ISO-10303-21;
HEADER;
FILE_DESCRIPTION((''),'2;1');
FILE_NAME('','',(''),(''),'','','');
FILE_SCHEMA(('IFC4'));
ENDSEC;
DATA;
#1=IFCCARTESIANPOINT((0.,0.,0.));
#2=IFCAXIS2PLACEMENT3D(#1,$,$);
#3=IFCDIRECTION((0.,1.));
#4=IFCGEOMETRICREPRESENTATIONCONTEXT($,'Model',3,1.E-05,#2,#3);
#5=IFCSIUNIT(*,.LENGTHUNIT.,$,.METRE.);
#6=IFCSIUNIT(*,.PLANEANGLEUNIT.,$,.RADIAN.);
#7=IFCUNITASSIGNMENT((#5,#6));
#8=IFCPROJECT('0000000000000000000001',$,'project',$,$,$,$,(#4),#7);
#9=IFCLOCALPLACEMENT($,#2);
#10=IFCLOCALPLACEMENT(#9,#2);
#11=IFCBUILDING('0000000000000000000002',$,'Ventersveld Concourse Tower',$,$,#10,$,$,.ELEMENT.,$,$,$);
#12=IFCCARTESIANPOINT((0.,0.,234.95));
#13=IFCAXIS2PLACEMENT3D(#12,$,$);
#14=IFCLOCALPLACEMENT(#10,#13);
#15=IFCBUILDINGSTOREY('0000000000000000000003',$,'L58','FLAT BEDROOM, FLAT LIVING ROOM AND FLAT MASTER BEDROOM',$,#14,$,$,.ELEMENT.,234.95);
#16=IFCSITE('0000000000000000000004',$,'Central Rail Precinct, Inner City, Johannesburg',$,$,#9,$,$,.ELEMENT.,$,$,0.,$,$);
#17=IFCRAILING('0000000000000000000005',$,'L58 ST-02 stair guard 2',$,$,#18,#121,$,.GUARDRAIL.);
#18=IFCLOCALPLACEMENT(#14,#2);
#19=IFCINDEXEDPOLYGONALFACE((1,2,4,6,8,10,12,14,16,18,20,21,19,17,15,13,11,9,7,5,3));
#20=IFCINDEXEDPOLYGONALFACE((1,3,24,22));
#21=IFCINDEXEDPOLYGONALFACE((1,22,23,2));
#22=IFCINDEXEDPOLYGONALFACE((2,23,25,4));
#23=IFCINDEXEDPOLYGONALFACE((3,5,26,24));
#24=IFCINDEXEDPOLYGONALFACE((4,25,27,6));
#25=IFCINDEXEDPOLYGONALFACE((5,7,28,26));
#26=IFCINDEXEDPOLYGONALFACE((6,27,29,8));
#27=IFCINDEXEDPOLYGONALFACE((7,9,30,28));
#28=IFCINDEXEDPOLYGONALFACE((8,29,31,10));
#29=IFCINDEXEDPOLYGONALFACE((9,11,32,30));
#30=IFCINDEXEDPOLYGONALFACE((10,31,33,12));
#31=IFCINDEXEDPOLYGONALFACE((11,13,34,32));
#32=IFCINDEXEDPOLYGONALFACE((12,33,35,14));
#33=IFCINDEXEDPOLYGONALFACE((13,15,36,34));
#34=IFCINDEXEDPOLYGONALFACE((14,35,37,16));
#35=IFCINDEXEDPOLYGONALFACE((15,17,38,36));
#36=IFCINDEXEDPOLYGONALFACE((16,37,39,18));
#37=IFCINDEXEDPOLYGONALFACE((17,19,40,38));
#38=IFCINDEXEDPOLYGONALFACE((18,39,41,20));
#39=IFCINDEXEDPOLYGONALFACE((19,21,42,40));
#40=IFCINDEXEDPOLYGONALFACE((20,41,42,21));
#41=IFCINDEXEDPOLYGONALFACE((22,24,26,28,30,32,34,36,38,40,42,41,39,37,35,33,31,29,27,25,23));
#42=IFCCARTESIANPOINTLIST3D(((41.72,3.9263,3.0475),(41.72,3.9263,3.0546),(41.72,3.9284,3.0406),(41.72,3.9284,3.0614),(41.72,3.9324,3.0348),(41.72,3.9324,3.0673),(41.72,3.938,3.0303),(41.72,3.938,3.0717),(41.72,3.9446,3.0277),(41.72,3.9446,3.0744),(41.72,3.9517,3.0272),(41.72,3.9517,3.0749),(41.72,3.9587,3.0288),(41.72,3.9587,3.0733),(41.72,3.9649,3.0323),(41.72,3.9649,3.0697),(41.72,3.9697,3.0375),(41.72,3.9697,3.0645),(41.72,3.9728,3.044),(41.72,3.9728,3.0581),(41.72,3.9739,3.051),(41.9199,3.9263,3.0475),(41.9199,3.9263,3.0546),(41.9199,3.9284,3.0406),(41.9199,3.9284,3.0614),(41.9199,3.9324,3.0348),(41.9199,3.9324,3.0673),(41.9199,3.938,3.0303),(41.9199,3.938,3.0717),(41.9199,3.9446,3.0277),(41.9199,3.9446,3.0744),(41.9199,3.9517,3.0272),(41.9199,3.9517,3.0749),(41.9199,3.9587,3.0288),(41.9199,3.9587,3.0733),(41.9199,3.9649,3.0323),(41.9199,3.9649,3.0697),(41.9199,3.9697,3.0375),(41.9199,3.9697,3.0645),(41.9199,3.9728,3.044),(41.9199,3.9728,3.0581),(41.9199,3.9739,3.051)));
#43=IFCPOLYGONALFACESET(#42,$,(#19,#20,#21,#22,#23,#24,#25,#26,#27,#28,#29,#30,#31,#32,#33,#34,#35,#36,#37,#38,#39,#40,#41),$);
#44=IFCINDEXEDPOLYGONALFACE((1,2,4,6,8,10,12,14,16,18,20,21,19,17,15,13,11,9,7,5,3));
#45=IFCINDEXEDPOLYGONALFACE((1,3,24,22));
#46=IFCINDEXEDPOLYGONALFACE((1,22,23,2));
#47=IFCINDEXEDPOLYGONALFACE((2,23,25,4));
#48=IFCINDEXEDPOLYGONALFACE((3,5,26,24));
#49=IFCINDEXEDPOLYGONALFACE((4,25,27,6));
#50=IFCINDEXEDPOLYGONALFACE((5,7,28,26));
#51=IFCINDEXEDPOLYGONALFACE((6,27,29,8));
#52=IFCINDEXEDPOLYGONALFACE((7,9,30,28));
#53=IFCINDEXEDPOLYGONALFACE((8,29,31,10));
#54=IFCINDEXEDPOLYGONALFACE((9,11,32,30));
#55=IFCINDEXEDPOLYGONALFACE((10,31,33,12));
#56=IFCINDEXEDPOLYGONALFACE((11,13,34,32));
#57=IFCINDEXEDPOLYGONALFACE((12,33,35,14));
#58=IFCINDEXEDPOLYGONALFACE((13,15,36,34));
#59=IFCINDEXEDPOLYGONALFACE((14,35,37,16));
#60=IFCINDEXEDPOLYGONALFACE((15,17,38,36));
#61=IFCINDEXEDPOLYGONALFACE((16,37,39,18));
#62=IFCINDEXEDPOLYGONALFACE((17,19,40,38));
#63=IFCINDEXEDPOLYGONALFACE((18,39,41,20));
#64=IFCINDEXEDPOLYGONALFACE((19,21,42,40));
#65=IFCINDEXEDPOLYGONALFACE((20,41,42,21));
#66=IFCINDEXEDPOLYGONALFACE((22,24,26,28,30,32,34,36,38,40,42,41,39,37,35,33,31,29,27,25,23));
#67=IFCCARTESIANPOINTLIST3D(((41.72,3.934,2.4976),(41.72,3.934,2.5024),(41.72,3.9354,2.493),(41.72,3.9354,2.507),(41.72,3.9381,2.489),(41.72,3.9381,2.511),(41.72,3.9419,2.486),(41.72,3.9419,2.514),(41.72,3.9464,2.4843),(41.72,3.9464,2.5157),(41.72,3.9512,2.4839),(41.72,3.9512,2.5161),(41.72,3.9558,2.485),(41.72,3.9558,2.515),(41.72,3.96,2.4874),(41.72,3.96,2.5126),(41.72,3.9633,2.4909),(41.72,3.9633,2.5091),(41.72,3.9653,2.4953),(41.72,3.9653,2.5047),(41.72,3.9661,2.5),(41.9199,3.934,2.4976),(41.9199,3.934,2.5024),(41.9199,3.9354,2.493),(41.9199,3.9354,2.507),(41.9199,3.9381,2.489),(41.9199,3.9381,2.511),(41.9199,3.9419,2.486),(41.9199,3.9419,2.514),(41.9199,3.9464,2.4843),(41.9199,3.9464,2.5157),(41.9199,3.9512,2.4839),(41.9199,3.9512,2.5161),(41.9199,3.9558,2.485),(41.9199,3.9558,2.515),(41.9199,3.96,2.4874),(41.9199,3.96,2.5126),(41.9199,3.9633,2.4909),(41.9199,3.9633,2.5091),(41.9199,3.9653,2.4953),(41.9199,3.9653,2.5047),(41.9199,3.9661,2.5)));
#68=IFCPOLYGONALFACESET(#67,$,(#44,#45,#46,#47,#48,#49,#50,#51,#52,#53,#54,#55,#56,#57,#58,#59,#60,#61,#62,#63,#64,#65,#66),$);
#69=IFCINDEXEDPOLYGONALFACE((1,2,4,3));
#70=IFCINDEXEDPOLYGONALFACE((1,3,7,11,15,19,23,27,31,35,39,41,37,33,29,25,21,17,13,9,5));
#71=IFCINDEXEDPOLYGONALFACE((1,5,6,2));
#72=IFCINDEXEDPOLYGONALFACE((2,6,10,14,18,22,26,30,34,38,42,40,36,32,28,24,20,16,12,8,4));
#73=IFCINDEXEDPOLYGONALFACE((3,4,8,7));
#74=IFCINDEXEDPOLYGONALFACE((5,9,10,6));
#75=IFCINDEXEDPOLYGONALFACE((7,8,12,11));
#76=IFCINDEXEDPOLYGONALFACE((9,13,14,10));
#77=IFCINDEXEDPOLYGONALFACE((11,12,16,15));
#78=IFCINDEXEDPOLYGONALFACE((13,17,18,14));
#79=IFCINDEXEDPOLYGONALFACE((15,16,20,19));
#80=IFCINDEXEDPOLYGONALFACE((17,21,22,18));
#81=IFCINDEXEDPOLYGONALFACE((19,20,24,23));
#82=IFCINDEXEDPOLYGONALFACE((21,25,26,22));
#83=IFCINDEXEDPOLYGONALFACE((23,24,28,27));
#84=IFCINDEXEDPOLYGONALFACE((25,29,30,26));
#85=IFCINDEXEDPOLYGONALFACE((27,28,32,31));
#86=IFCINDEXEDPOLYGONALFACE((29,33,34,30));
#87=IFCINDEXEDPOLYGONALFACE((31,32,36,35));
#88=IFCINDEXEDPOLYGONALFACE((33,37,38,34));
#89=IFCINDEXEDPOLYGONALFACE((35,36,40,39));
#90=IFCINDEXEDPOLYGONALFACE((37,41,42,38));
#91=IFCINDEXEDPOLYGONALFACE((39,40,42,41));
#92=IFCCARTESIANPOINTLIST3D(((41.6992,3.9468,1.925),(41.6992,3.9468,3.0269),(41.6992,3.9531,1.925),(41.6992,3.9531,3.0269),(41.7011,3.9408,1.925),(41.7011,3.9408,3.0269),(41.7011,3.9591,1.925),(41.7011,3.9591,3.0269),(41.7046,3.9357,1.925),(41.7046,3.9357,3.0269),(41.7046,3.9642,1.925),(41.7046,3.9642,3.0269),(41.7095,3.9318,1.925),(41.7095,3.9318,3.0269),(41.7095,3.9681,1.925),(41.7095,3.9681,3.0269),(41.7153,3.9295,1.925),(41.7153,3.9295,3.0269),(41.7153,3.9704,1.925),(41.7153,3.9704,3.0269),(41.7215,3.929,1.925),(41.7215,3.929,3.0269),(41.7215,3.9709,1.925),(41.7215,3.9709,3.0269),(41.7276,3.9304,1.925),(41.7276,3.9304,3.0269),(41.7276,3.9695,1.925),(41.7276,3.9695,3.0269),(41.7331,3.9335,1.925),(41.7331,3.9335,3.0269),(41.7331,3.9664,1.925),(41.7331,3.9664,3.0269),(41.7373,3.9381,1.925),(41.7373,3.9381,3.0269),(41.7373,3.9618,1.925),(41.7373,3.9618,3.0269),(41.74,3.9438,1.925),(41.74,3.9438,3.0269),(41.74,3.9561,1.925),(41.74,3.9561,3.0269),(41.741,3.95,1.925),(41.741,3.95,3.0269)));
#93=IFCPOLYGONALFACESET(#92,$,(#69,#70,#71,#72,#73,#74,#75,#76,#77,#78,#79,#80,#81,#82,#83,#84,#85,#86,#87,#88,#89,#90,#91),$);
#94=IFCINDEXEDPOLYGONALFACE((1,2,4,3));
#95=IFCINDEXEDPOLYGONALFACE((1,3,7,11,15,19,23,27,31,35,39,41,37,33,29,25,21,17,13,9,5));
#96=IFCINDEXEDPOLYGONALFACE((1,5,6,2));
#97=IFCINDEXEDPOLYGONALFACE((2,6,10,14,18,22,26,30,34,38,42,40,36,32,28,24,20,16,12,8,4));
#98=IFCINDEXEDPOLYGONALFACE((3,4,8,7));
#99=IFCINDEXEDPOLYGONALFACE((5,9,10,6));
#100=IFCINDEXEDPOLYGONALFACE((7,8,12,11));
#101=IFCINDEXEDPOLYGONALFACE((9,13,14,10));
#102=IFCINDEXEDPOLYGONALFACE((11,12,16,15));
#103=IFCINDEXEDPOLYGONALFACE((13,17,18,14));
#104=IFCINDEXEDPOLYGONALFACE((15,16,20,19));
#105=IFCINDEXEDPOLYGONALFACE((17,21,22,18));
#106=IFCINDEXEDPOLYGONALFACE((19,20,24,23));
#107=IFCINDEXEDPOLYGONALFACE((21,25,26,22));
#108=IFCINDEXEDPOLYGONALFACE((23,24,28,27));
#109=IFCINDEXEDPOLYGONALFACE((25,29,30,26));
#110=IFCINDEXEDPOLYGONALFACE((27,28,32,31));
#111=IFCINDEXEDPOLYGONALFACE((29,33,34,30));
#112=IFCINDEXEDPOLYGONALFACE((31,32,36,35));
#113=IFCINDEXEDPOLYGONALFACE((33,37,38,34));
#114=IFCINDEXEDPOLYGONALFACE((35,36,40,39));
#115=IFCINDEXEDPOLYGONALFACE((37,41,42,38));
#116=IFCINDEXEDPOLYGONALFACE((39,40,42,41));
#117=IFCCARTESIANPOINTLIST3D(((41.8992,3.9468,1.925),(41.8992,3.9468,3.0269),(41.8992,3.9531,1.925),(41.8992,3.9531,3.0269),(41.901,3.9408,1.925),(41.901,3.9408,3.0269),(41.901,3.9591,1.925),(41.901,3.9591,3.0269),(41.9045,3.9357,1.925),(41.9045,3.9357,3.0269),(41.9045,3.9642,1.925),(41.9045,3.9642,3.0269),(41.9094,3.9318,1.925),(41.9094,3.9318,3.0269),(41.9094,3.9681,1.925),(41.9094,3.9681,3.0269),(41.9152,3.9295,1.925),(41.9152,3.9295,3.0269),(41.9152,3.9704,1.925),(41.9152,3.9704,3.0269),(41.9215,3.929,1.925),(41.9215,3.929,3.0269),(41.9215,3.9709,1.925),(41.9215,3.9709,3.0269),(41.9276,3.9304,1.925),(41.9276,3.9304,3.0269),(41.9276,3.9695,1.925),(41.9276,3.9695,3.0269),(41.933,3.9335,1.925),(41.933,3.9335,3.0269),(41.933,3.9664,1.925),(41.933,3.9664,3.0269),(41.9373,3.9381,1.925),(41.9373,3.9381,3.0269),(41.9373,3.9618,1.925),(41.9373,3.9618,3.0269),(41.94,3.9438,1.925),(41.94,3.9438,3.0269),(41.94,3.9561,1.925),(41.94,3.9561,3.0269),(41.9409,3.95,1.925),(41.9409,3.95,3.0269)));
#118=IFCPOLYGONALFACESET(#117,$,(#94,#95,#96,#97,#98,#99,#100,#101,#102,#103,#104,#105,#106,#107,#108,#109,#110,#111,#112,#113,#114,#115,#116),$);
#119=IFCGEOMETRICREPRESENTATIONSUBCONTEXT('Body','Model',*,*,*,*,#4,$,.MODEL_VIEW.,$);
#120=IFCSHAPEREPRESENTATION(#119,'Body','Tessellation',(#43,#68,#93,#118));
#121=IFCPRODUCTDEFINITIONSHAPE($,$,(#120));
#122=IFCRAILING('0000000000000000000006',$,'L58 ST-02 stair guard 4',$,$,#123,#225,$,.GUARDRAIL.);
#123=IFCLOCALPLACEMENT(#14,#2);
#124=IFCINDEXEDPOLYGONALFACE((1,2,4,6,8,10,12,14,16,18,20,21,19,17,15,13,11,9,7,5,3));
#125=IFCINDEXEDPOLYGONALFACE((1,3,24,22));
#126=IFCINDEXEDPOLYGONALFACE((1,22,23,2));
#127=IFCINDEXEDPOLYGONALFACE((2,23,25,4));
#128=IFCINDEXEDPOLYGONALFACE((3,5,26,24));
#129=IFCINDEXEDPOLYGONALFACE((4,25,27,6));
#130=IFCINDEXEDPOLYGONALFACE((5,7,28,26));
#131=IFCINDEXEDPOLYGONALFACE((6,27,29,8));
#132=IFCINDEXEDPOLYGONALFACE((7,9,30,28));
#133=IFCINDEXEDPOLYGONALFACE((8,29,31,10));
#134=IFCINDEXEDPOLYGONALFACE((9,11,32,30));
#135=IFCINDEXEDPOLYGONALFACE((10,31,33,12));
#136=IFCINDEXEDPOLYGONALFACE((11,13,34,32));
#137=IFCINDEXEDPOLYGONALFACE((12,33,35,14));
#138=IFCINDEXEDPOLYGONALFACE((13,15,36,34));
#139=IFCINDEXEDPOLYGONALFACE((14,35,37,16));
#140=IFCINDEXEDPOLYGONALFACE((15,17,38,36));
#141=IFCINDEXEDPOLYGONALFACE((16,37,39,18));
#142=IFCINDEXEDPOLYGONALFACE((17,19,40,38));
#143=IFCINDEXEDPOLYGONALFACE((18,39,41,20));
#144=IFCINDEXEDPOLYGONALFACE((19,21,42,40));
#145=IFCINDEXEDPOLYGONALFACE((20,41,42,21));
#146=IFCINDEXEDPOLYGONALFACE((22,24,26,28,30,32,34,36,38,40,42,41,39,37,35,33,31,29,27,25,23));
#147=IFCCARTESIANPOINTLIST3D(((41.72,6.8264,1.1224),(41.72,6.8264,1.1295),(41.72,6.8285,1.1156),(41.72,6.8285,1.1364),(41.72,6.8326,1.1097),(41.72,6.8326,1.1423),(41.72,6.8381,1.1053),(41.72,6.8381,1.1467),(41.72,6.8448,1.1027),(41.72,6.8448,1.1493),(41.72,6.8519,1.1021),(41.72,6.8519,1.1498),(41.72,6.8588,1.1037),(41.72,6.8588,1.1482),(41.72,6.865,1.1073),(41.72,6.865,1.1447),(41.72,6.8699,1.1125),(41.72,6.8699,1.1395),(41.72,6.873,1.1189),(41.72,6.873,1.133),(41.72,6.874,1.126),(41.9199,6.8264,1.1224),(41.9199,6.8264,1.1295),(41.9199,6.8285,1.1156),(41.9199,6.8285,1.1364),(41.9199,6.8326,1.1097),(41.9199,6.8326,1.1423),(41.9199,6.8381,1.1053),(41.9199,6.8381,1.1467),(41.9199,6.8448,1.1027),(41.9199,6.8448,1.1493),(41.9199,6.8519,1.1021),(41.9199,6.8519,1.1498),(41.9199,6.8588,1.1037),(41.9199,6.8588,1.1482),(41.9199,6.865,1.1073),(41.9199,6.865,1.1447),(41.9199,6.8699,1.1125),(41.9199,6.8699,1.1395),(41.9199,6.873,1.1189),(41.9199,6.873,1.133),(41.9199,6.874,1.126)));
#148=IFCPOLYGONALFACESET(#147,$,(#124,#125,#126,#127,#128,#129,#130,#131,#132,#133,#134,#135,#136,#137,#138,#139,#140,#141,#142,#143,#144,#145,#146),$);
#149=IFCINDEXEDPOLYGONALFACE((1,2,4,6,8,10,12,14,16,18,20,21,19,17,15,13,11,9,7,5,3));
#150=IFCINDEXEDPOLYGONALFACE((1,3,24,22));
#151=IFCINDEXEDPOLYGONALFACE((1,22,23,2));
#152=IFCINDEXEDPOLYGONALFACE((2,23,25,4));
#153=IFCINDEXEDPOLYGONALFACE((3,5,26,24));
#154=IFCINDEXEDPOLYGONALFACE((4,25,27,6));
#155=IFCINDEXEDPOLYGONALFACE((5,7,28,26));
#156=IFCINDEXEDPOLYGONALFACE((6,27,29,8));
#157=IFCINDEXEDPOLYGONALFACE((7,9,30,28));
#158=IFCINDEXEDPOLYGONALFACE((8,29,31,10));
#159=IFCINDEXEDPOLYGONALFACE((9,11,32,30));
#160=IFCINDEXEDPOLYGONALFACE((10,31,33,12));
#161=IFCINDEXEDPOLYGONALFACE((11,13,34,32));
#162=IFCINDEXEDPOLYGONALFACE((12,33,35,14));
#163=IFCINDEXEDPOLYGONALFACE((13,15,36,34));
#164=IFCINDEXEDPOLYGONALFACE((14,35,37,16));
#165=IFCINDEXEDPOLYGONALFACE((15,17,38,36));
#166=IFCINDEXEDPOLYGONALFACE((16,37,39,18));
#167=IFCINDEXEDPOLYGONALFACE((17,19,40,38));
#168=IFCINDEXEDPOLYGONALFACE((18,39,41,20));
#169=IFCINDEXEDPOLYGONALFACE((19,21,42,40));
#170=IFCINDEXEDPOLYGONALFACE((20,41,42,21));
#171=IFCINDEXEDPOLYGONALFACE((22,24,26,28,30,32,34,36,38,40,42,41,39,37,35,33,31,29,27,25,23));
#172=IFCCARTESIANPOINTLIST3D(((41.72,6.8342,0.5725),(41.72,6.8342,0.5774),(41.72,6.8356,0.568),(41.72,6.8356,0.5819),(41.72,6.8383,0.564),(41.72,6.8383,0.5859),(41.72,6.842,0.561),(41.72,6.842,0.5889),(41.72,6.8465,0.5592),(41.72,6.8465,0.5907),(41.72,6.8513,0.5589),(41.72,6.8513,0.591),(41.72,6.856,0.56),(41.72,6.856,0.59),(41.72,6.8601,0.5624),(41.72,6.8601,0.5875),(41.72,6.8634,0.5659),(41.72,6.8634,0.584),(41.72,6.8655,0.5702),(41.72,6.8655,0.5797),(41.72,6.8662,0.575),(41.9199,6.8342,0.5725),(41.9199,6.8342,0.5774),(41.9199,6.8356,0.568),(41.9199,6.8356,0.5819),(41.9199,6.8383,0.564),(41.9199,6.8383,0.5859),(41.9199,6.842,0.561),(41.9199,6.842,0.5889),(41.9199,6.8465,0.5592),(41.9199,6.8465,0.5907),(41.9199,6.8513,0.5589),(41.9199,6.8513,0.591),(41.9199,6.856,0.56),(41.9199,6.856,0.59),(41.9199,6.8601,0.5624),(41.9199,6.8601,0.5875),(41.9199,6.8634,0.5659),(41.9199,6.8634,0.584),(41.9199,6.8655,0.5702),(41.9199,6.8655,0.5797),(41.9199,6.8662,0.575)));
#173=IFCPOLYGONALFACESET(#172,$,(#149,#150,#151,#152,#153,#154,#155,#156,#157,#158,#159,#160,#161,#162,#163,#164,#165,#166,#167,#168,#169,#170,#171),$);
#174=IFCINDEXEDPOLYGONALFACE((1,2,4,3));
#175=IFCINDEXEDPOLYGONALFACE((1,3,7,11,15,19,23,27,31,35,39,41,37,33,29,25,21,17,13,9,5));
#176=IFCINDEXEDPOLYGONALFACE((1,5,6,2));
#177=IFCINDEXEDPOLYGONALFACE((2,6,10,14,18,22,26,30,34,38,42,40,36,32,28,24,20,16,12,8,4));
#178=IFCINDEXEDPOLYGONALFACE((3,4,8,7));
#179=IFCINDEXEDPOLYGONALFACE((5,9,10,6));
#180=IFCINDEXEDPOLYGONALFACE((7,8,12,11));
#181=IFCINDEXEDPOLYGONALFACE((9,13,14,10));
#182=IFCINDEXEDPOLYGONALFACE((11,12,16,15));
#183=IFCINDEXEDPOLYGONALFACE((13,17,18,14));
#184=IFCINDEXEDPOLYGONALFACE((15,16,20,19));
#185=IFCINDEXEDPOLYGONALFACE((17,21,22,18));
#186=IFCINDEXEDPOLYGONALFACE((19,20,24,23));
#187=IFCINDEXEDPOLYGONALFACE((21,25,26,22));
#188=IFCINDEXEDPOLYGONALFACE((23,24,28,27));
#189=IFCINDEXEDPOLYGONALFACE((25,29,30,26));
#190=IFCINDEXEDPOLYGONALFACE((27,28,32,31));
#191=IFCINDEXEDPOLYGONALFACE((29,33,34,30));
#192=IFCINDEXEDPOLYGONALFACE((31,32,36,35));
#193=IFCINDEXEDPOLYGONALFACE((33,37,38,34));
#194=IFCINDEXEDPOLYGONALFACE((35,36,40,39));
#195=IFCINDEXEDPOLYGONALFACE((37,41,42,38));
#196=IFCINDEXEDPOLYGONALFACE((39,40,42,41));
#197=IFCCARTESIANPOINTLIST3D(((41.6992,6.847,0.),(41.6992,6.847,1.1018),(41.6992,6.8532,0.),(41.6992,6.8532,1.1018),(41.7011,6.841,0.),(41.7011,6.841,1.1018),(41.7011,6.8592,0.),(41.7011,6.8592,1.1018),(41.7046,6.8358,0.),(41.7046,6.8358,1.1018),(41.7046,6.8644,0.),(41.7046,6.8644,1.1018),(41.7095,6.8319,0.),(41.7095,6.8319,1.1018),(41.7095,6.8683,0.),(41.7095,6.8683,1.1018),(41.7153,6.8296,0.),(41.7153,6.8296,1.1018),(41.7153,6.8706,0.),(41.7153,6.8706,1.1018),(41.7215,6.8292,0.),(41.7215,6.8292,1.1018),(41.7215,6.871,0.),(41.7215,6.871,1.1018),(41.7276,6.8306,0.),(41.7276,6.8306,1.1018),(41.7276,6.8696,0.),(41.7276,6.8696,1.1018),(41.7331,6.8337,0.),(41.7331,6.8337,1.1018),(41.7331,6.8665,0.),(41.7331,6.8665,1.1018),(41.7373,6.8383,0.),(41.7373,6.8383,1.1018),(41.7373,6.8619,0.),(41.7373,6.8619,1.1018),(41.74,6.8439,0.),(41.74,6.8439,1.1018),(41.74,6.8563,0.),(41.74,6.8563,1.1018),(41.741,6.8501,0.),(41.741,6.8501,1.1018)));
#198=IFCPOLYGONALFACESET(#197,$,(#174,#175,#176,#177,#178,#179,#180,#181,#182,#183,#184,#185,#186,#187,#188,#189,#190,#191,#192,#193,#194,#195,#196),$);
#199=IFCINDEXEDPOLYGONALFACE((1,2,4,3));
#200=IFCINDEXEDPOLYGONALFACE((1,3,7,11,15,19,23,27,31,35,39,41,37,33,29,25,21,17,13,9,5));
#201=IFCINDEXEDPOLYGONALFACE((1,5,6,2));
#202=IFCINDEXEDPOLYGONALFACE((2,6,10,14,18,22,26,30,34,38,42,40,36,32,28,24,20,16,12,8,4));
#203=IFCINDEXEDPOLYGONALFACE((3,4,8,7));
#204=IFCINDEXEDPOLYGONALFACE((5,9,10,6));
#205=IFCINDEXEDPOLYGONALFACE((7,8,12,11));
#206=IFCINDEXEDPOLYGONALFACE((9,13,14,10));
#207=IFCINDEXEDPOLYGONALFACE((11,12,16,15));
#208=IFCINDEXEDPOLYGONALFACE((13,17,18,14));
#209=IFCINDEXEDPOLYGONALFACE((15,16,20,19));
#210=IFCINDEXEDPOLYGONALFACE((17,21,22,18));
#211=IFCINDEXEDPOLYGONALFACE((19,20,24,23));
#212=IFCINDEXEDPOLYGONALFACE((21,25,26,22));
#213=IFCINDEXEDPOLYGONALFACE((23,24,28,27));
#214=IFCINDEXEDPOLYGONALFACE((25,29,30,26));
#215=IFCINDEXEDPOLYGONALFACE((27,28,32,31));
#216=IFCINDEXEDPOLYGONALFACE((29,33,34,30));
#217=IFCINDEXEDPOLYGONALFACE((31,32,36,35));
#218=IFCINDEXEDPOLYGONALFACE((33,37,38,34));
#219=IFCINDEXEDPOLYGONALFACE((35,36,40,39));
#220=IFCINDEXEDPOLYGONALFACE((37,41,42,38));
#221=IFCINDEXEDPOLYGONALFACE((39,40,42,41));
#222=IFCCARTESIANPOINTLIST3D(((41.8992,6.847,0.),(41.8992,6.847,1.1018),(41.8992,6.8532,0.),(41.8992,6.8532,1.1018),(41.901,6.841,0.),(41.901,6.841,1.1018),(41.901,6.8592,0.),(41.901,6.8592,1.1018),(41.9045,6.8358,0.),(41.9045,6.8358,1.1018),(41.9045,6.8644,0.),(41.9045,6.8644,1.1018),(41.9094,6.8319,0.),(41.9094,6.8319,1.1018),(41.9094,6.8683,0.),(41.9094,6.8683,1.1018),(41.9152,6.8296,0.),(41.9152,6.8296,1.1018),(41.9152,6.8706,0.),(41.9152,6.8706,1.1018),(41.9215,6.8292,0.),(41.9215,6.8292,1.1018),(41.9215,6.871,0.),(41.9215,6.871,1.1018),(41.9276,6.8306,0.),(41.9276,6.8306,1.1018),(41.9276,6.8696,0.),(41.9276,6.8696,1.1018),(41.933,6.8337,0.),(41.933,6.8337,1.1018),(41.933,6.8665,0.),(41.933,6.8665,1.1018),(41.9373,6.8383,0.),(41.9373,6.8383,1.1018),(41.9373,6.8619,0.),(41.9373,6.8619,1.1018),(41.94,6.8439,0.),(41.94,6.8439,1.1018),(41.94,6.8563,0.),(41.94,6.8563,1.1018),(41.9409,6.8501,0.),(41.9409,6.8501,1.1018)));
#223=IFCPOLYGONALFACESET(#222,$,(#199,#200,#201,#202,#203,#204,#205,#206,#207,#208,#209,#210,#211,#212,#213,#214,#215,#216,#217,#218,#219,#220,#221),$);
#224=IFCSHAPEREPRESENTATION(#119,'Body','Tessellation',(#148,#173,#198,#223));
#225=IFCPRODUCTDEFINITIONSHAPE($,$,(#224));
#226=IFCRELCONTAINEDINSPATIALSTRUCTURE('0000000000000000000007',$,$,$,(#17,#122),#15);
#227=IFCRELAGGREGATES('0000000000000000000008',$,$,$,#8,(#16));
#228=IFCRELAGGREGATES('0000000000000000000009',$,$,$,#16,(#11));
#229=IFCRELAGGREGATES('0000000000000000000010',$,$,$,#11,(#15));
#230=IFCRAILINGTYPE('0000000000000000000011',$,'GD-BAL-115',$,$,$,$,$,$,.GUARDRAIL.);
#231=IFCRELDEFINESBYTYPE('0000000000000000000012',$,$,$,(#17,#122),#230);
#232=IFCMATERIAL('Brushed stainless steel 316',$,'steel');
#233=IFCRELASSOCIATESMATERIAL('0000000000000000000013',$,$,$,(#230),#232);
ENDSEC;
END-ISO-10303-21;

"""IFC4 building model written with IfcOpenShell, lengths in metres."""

from ifc_helpers import new_model, si_unit, direction, frame, origin, origin_2d, place, context, subcontext, project, spatial, circle, extrude, material, type_object, element, save


model = new_model("IFC4")

# Units and contexts
model_context = context("Model", 3, precision=1e-05, world=origin(), true_north=direction((0.0, 1.0)))
body_context = subcontext(model_context, "Body", "Model", "MODEL_VIEW")
ifc_project = project(units=[si_unit("LENGTHUNIT", "METRE"), si_unit("PLANEANGLEUNIT", "RADIAN")], contexts=[model_context])

# Site, building, storey
site_placement = place(None, origin())
site = spatial("IfcSite", under=ifc_project, at=site_placement, Name="Central Rail Precinct, Inner City, Johannesburg", CompositionType="ELEMENT", RefElevation=0.0)
building_placement = place(site_placement, origin())
building = spatial("IfcBuilding", under=site, at=building_placement, Name="Ventersveld Concourse Tower", CompositionType="ELEMENT")
storey_placement = place(building_placement, frame((0.0, 0.0, 234.95)))
storey = spatial("IfcBuildingStorey", under=building, at=storey_placement, Name="L58", Description="FLAT BEDROOM, FLAT LIVING ROOM AND FLAT MASTER BEDROOM", CompositionType="ELEMENT", Elevation=234.95)

# Shared definitions
ifc_material_1 = material(Name="Brushed stainless steel 316", Category="steel")

# Railings
railing_type_1 = type_object("IfcRailingType", Name="GD-BAL-115", PredefinedType="GUARDRAIL", material=ifc_material_1)
for number, where, name in (
    (1, (41.72, 3.95, 1.925), "L58 ST-02 stair guard 2"),
    (2, (41.72, 6.8501, 0.0), "L58 ST-02 stair guard 4"),
):
    element("IfcRailing", number, at=place(storey_placement, frame(where)), inside=storey, type_object=railing_type_1, Name=name, PredefinedType="GUARDRAIL", context=body_context, shape_type="SweptSolid", body=[
        extrude(circle(Radius=0.0239, at=origin_2d()), frame((0.0, 0.0, 1.126), z_axis=(1.0, 0.0, 0.0), x_axis=(0.0, 1.0, 0.0)), (0.0, 0.0, 1.0), 0.2),
        extrude(circle(Radius=0.0161, at=origin_2d()), frame((0.0, 0.0, 0.575), z_axis=(1.0, 0.0, 0.0), x_axis=(0.0, 1.0, 0.0)), (0.0, 0.0, 1.0), 0.2),
        extrude(circle(Radius=0.021, at=origin_2d()), origin(), (0.0, 0.0, 1.0), 1.1018),
        extrude(circle(Radius=0.021, at=origin_2d()), frame((0.2, 0.0, 0.0)), (0.0, 0.0, 1.0), 1.1018),
    ])

save(model, "model.ifc")
